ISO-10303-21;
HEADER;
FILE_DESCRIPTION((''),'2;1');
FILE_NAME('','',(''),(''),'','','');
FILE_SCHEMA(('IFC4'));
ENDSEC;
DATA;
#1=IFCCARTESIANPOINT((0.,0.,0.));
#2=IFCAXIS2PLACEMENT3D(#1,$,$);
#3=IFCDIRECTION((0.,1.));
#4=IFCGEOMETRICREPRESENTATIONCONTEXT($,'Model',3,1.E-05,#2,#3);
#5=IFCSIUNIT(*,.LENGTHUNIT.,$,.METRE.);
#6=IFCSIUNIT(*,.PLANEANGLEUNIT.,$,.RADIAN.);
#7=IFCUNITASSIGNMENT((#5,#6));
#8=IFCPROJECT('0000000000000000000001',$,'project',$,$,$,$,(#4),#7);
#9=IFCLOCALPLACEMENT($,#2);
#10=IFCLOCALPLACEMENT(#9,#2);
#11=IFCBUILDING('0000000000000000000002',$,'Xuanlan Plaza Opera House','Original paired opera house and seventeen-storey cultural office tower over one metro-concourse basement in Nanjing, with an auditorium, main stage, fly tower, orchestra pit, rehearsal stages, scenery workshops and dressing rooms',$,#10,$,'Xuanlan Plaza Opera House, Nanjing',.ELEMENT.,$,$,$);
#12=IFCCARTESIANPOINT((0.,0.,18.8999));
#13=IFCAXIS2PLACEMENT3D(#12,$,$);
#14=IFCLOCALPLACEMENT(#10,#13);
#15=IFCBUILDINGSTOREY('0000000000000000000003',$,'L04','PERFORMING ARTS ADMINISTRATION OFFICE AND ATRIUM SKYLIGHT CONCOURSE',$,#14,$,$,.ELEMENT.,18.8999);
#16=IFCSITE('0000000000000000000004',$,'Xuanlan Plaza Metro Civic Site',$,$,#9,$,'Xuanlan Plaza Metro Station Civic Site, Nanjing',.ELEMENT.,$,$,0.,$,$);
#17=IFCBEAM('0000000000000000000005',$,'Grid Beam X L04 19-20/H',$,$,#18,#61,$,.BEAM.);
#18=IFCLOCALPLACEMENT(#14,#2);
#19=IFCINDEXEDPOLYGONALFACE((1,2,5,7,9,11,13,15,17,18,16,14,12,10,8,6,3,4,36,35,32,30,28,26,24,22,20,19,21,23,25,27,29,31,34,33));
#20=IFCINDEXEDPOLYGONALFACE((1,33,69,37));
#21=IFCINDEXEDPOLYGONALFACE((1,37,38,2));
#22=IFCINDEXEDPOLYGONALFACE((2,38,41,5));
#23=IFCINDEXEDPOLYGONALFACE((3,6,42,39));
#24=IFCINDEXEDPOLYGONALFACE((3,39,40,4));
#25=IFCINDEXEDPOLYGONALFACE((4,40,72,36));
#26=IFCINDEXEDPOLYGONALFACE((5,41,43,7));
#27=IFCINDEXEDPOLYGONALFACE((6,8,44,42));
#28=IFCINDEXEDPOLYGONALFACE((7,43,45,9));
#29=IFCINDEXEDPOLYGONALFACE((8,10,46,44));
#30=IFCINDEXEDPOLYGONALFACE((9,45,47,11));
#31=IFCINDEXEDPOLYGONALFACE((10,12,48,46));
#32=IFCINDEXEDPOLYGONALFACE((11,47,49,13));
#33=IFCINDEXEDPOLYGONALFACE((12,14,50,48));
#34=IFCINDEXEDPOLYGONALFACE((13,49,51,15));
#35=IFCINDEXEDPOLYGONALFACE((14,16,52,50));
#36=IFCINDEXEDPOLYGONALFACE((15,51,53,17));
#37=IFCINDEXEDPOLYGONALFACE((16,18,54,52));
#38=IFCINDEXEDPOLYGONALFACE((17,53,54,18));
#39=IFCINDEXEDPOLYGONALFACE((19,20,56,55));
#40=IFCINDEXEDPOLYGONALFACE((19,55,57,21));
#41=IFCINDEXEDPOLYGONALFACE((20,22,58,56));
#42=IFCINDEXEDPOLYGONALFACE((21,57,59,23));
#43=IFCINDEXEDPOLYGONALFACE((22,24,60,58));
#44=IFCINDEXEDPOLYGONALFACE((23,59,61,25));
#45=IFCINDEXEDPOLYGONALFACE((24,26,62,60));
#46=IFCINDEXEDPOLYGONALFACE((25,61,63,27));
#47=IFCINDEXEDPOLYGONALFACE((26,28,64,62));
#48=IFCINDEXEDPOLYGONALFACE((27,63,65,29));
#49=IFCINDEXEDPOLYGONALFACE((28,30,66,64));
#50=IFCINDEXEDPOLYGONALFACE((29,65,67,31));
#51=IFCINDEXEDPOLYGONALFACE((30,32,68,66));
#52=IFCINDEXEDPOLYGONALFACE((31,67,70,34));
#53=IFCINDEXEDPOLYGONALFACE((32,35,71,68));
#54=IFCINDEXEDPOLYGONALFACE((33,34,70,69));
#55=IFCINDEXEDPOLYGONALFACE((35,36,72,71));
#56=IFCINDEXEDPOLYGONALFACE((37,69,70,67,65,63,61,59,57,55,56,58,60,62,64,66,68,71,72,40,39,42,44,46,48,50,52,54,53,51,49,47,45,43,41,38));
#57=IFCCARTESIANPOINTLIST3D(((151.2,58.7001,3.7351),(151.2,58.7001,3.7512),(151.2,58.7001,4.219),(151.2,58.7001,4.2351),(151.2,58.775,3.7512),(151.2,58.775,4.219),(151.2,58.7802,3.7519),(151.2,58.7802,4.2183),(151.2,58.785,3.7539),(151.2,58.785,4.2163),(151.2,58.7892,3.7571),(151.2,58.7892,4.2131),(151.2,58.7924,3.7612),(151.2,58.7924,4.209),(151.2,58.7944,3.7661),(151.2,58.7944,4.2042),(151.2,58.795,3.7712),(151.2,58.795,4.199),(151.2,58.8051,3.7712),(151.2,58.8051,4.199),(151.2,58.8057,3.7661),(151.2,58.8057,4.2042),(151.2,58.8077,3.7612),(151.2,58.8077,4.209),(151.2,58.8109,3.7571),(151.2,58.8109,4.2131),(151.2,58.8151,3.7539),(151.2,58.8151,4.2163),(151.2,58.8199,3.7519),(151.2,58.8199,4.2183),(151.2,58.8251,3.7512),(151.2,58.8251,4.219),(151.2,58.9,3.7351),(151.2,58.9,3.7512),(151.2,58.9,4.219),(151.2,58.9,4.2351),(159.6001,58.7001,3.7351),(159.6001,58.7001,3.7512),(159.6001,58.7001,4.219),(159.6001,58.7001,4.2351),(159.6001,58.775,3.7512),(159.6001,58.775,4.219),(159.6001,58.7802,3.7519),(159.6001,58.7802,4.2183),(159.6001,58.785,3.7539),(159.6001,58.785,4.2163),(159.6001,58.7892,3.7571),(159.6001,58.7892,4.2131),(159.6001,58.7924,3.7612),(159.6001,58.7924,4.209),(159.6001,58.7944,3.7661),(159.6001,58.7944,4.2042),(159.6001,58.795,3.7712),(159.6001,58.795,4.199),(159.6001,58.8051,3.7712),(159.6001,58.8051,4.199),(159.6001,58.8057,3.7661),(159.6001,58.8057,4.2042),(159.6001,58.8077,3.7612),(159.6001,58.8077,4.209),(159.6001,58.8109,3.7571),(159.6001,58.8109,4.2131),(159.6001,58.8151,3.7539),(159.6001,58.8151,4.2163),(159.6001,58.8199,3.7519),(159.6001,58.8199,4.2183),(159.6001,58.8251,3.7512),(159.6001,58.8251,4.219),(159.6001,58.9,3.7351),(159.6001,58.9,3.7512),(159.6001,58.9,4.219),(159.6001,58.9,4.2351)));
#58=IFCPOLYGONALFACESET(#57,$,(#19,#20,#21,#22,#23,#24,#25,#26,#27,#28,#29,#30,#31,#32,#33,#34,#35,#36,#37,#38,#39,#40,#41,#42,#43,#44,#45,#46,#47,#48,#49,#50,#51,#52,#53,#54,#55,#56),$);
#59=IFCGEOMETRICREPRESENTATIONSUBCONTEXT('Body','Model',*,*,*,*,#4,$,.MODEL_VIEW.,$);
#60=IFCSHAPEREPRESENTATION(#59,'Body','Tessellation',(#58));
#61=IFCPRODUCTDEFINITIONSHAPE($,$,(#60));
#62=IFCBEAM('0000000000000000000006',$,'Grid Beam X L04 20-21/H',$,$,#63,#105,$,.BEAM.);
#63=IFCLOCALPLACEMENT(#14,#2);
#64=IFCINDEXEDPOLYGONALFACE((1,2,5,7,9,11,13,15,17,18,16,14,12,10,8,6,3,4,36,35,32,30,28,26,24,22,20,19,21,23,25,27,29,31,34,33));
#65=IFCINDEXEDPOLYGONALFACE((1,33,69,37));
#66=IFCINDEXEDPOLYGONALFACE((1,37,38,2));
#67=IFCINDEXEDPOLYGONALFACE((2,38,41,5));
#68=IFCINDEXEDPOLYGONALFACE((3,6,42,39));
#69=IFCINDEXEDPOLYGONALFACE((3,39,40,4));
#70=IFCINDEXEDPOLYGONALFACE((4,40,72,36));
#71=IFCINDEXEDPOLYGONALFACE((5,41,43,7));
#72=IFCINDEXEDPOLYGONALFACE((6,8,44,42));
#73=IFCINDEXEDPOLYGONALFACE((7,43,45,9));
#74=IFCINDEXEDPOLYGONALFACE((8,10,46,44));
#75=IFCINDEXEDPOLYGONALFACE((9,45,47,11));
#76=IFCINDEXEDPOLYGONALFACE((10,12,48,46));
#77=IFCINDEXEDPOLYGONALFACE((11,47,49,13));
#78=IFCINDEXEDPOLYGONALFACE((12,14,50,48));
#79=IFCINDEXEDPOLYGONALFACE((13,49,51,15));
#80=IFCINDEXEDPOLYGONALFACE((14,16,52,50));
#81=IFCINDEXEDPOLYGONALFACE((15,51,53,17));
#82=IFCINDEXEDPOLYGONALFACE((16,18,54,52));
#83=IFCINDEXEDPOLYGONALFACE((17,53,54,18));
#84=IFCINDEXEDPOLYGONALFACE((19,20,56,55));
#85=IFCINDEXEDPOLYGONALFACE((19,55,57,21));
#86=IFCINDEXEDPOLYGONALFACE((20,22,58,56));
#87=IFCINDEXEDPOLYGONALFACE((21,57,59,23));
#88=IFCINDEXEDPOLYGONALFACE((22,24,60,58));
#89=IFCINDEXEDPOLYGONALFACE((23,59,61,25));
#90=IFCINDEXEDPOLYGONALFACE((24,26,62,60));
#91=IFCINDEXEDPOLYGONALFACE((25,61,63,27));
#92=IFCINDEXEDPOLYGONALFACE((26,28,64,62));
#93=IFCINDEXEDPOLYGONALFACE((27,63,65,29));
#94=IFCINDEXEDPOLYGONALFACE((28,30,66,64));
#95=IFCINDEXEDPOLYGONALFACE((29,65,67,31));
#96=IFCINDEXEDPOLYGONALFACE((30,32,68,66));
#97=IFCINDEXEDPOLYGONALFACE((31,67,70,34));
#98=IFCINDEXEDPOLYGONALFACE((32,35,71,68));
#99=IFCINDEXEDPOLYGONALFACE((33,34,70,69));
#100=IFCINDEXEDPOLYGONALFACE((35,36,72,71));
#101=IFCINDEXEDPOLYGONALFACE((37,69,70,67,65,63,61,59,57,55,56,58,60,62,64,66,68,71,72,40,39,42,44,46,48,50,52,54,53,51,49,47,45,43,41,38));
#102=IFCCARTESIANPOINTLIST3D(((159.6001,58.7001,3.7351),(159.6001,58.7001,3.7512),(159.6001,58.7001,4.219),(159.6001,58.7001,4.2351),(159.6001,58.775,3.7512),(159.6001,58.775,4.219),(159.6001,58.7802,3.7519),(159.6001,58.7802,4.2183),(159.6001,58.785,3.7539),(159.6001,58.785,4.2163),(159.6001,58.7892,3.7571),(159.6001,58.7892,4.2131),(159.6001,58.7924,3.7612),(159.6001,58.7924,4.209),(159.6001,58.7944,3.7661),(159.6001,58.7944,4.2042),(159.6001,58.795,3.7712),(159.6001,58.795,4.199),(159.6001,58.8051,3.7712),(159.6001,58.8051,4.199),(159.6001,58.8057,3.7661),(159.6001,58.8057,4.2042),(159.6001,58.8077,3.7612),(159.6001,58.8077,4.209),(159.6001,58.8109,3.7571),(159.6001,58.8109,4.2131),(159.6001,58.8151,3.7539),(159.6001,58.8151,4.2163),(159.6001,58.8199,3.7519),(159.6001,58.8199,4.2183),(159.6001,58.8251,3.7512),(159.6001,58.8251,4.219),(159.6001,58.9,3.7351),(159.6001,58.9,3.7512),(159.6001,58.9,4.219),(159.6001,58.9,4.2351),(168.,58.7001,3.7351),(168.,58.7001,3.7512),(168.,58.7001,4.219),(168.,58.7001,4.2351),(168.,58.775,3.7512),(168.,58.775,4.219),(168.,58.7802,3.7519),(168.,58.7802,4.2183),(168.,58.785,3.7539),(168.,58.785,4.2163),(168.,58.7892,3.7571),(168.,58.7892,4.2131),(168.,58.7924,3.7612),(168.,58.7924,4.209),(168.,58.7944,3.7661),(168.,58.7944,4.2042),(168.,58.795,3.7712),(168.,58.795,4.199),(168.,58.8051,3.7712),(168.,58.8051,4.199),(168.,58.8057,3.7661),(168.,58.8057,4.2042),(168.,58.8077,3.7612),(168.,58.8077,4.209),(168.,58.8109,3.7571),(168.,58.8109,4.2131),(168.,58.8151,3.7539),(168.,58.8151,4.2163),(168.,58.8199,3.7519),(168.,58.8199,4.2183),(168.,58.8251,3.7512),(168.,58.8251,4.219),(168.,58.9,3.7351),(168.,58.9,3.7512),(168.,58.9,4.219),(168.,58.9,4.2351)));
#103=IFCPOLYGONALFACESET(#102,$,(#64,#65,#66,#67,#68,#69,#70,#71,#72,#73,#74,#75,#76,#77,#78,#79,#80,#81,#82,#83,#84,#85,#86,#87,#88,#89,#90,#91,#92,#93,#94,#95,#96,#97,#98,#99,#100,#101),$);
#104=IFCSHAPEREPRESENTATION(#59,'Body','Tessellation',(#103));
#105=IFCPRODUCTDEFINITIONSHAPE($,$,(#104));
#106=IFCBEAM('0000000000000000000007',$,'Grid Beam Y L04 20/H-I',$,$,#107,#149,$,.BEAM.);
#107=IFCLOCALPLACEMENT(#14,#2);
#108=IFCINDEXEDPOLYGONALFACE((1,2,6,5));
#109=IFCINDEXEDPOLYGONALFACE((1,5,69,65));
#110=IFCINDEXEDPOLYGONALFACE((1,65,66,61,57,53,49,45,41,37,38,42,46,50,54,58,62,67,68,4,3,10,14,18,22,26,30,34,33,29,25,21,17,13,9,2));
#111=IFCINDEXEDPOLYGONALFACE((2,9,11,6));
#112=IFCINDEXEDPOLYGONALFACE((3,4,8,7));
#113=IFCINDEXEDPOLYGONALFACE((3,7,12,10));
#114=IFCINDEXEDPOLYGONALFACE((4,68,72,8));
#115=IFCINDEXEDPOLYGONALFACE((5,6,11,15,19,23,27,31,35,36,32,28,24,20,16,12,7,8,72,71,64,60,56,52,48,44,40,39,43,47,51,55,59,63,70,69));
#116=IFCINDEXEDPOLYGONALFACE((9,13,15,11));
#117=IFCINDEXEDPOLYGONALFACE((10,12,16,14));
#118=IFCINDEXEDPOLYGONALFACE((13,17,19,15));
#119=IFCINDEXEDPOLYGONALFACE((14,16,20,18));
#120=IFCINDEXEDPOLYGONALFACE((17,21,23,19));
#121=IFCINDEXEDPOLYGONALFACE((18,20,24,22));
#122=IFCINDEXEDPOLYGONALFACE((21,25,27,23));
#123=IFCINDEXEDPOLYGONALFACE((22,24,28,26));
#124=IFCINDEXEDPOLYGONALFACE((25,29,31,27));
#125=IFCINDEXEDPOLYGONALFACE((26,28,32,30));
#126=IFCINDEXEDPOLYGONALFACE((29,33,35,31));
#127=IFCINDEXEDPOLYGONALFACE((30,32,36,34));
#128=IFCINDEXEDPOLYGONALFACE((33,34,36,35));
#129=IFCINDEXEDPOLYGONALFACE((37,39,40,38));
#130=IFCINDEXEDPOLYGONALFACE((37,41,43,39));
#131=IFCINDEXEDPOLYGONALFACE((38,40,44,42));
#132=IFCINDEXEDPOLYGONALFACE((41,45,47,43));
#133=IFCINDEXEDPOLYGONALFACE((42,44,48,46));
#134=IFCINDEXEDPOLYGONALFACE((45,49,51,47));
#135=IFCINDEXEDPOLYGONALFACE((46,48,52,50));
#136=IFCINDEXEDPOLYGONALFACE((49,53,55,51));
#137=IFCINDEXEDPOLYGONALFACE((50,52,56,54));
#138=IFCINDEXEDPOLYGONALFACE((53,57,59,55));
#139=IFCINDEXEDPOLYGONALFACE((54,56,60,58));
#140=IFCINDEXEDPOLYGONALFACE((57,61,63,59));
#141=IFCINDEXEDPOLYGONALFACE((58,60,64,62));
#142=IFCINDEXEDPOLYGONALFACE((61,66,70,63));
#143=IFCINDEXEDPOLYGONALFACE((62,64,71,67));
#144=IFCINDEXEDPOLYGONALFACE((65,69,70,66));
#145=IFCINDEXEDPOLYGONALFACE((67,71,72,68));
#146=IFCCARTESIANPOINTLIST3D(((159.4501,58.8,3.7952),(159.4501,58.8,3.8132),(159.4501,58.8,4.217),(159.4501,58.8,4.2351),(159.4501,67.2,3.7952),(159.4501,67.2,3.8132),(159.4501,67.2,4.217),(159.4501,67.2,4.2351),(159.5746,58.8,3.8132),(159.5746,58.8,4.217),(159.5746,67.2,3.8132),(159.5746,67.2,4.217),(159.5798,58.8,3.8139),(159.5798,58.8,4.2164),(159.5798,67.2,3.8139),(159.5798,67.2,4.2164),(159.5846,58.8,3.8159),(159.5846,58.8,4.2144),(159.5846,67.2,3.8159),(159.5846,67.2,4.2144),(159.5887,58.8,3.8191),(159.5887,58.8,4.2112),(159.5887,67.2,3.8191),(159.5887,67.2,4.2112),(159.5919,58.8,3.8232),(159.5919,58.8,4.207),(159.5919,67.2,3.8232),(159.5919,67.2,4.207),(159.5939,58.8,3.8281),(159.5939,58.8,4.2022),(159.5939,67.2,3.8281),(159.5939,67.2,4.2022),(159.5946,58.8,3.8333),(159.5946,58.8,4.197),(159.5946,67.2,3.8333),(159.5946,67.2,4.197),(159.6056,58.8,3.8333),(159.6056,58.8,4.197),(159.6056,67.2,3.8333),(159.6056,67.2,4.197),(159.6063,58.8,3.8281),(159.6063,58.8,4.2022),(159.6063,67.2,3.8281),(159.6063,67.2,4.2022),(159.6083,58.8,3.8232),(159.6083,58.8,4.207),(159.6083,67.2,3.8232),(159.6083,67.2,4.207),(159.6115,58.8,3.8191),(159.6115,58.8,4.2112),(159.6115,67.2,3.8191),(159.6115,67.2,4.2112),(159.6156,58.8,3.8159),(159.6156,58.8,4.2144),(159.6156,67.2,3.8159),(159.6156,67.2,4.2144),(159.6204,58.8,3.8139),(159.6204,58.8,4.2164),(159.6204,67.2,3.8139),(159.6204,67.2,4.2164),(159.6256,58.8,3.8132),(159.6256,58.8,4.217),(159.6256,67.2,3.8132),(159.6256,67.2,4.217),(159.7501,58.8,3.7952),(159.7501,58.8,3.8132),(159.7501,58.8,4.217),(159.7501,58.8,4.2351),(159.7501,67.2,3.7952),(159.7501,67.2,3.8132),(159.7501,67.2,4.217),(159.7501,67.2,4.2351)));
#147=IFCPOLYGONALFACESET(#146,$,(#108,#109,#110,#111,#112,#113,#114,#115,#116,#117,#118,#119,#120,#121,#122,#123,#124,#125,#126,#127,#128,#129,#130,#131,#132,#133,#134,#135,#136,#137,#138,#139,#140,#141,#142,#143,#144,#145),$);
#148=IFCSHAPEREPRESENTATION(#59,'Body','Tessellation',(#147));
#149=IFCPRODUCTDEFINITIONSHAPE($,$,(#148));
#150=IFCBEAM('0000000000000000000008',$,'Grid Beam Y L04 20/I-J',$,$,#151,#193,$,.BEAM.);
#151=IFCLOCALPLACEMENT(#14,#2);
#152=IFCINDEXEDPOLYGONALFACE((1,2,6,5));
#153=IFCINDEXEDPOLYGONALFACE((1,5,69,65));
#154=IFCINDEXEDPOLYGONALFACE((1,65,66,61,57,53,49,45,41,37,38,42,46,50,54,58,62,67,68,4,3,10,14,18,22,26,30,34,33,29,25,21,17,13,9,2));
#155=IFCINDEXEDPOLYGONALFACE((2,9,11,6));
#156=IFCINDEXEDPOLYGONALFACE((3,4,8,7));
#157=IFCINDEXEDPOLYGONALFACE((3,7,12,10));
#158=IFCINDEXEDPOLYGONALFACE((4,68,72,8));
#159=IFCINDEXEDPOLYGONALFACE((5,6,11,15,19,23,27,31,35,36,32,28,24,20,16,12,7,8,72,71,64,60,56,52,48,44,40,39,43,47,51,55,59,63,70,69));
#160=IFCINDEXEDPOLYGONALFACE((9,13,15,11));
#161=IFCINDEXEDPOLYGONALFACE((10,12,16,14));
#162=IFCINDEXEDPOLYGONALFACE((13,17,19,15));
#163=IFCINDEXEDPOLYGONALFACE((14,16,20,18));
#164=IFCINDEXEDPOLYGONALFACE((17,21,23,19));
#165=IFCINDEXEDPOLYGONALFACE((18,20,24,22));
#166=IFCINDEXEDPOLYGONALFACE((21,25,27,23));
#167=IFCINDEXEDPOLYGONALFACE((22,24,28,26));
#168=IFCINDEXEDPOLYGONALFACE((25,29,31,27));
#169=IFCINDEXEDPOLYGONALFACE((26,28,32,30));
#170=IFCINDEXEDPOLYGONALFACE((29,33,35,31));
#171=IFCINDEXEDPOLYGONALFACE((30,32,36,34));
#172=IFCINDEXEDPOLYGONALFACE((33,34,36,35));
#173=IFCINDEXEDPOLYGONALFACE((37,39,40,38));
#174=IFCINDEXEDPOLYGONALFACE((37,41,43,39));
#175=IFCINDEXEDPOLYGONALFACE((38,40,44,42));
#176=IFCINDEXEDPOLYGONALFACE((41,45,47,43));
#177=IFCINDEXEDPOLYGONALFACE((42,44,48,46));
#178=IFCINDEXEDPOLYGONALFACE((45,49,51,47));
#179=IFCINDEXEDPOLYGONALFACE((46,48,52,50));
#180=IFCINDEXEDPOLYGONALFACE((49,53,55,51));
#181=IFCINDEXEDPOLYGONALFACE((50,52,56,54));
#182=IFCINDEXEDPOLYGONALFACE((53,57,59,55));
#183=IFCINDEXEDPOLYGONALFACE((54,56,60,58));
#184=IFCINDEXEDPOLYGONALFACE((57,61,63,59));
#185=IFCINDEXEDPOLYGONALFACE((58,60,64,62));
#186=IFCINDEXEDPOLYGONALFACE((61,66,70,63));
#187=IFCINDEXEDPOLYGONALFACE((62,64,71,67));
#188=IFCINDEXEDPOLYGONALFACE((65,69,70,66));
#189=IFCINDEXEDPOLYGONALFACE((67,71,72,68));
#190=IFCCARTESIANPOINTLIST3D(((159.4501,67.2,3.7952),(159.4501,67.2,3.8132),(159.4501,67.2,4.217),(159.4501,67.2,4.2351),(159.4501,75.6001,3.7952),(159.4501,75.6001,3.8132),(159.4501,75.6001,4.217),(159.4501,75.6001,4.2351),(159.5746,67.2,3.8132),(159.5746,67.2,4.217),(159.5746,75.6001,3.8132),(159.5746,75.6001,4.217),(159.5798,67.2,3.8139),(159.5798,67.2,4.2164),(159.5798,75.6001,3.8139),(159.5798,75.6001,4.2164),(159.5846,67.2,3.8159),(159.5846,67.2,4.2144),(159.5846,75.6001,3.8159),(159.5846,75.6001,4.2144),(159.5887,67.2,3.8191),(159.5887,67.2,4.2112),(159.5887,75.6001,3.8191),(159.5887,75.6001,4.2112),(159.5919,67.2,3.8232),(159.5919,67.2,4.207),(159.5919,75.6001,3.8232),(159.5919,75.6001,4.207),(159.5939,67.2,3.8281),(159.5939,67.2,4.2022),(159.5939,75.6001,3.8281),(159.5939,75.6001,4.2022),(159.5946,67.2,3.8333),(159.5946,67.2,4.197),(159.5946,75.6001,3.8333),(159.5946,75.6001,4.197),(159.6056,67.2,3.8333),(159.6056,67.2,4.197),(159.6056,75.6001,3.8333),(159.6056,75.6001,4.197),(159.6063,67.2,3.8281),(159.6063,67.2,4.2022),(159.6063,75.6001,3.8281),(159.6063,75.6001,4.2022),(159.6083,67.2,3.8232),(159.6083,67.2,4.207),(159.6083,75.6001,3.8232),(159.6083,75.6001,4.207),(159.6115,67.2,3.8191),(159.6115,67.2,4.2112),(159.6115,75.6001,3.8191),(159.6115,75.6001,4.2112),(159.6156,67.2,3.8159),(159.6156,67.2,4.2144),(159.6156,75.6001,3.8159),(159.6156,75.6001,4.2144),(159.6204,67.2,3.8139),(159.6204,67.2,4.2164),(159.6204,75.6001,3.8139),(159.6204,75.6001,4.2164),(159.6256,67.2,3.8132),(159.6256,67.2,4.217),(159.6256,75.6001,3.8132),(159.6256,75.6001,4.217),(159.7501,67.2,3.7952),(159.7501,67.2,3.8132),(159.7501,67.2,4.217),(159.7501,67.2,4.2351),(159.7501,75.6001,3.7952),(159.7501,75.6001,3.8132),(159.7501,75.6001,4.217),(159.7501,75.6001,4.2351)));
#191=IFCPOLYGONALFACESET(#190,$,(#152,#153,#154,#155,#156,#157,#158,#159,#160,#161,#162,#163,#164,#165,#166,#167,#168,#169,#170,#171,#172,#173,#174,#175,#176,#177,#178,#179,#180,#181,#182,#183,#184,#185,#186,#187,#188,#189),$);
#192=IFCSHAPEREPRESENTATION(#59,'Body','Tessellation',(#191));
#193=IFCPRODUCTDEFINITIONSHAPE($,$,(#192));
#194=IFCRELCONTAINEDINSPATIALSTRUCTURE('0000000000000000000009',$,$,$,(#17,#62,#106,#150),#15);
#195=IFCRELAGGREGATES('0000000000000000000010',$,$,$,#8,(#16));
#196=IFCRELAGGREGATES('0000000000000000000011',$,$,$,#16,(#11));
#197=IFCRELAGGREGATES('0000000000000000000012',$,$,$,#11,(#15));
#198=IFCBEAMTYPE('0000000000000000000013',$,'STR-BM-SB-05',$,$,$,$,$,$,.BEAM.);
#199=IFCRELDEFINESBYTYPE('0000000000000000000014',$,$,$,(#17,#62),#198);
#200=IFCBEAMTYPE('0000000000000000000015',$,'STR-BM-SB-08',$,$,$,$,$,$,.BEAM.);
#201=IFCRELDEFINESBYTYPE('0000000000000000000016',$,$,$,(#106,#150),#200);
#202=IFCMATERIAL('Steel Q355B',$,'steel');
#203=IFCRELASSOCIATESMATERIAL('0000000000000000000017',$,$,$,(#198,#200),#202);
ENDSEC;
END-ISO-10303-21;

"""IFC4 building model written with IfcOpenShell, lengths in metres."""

from ifc_helpers import new_model, si_unit, direction, frame, origin, origin_2d, place, context, subcontext, project, spatial, i_section, extrude, material, material_profile, profile_set, type_object, element, save


model = new_model("IFC4")

# Units and contexts
model_context = context("Model", 3, precision=1e-05, world=origin(), true_north=direction((0.0, 1.0)))
body_context = subcontext(model_context, "Body", "Model", "MODEL_VIEW")
ifc_project = project(units=[si_unit("LENGTHUNIT", "METRE"), si_unit("PLANEANGLEUNIT", "RADIAN")], contexts=[model_context])

# Site, building, storey
site_placement = place(None, origin())
site = spatial("IfcSite", under=ifc_project, at=site_placement, Name="Xuanlan Plaza Metro Civic Site", LongName="Xuanlan Plaza Metro Station Civic Site, Nanjing", CompositionType="ELEMENT", RefElevation=0.0)
building_placement = place(site_placement, origin())
building = spatial("IfcBuilding", under=site, at=building_placement, Name="Xuanlan Plaza Opera House", Description="Original paired opera house and seventeen-storey cultural office tower over one metro-concourse basement in Nanjing, with an auditorium, main stage, fly tower, orchestra pit, rehearsal stages, scenery workshops and dressing rooms", LongName="Xuanlan Plaza Opera House, Nanjing", CompositionType="ELEMENT")
storey_placement = place(building_placement, frame((0.0, 0.0, 18.8999)))
storey = spatial("IfcBuildingStorey", under=building, at=storey_placement, Name="L04", Description="PERFORMING ARTS ADMINISTRATION OFFICE AND ATRIUM SKYLIGHT CONCOURSE", CompositionType="ELEMENT", Elevation=18.8999)

# Shared definitions
ifc_material_1 = material(Name="Steel Q355B", Category="steel")

# Beams
ifc_material_profile_1 = material_profile(ifc_material_1, i_section(OverallWidth=0.2, OverallDepth=0.5, WebThickness=0.01, FlangeThickness=0.0161, FilletRadius=0.02, at=origin_2d()), Name="HN 500x200x10x16")
ifc_profile_set_1 = profile_set([ifc_material_profile_1], Name="Steel Q355B")
beam_type_1 = type_object("IfcBeamType", Name="STR-BM-SB-05", PredefinedType="BEAM", material=ifc_profile_set_1)
beam_1_placement = place(storey_placement, frame((151.2, 58.8, 3.9851), z_axis=(1.0, 0.0, 0.0), x_axis=(0.0, 1.0, 0.0)))
element("IfcBeam", 1, at=beam_1_placement, inside=storey, type_object=beam_type_1, Name="Grid Beam X L04 19-20/H", PredefinedType="BEAM", context=body_context, shape_type="SweptSolid", body=[
    extrude(i_section(OverallWidth=0.2, OverallDepth=0.5, WebThickness=0.01, FlangeThickness=0.0161, FilletRadius=0.02, at=origin_2d()), origin(), (0.0, 0.0, 1.0), 8.4001),
])
beam_2_placement = place(storey_placement, frame((159.6001, 58.8, 3.9851), z_axis=(1.0, 0.0, 0.0), x_axis=(0.0, 1.0, 0.0)))
element("IfcBeam", 2, at=beam_2_placement, inside=storey, type_object=beam_type_1, Name="Grid Beam X L04 20-21/H", PredefinedType="BEAM", context=body_context, shape_type="SweptSolid", body=[
    extrude(i_section(OverallWidth=0.2, OverallDepth=0.5, WebThickness=0.01, FlangeThickness=0.0161, FilletRadius=0.02, at=origin_2d()), origin(), (0.0, 0.0, 1.0), 8.3999),
])
ifc_material_profile_2 = material_profile(ifc_material_1, i_section(OverallWidth=0.3, OverallDepth=0.4399, WebThickness=0.011, FlangeThickness=0.0181, FilletRadius=0.02, at=origin_2d()), Name="HM 440x300x11x18")
ifc_profile_set_2 = profile_set([ifc_material_profile_2], Name="Steel Q355B")
beam_type_2 = type_object("IfcBeamType", Name="STR-BM-SB-08", PredefinedType="BEAM", material=ifc_profile_set_2)
beam_3_placement = place(storey_placement, frame((159.6001, 58.8, 4.0151), z_axis=(0.0, 1.0, 0.0), x_axis=(-1.0, 0.0, 0.0)))
element("IfcBeam", 3, at=beam_3_placement, inside=storey, type_object=beam_type_2, Name="Grid Beam Y L04 20/H-I", PredefinedType="BEAM", context=body_context, shape_type="SweptSolid", body=[
    extrude(i_section(OverallWidth=0.3, OverallDepth=0.4399, WebThickness=0.011, FlangeThickness=0.0181, FilletRadius=0.02, at=origin_2d()), origin(), (0.0, 0.0, 1.0), 8.3999),
])
beam_4_placement = place(storey_placement, frame((159.6001, 67.2, 4.0151), z_axis=(0.0, 1.0, 0.0), x_axis=(-1.0, 0.0, 0.0)))
element("IfcBeam", 4, at=beam_4_placement, inside=storey, type_object=beam_type_2, Name="Grid Beam Y L04 20/I-J", PredefinedType="BEAM", context=body_context, shape_type="SweptSolid", body=[
    extrude(i_section(OverallWidth=0.3, OverallDepth=0.4399, WebThickness=0.011, FlangeThickness=0.0181, FilletRadius=0.02, at=origin_2d()), origin(), (0.0, 0.0, 1.0), 8.4001),
])

save(model, "model.ifc")
